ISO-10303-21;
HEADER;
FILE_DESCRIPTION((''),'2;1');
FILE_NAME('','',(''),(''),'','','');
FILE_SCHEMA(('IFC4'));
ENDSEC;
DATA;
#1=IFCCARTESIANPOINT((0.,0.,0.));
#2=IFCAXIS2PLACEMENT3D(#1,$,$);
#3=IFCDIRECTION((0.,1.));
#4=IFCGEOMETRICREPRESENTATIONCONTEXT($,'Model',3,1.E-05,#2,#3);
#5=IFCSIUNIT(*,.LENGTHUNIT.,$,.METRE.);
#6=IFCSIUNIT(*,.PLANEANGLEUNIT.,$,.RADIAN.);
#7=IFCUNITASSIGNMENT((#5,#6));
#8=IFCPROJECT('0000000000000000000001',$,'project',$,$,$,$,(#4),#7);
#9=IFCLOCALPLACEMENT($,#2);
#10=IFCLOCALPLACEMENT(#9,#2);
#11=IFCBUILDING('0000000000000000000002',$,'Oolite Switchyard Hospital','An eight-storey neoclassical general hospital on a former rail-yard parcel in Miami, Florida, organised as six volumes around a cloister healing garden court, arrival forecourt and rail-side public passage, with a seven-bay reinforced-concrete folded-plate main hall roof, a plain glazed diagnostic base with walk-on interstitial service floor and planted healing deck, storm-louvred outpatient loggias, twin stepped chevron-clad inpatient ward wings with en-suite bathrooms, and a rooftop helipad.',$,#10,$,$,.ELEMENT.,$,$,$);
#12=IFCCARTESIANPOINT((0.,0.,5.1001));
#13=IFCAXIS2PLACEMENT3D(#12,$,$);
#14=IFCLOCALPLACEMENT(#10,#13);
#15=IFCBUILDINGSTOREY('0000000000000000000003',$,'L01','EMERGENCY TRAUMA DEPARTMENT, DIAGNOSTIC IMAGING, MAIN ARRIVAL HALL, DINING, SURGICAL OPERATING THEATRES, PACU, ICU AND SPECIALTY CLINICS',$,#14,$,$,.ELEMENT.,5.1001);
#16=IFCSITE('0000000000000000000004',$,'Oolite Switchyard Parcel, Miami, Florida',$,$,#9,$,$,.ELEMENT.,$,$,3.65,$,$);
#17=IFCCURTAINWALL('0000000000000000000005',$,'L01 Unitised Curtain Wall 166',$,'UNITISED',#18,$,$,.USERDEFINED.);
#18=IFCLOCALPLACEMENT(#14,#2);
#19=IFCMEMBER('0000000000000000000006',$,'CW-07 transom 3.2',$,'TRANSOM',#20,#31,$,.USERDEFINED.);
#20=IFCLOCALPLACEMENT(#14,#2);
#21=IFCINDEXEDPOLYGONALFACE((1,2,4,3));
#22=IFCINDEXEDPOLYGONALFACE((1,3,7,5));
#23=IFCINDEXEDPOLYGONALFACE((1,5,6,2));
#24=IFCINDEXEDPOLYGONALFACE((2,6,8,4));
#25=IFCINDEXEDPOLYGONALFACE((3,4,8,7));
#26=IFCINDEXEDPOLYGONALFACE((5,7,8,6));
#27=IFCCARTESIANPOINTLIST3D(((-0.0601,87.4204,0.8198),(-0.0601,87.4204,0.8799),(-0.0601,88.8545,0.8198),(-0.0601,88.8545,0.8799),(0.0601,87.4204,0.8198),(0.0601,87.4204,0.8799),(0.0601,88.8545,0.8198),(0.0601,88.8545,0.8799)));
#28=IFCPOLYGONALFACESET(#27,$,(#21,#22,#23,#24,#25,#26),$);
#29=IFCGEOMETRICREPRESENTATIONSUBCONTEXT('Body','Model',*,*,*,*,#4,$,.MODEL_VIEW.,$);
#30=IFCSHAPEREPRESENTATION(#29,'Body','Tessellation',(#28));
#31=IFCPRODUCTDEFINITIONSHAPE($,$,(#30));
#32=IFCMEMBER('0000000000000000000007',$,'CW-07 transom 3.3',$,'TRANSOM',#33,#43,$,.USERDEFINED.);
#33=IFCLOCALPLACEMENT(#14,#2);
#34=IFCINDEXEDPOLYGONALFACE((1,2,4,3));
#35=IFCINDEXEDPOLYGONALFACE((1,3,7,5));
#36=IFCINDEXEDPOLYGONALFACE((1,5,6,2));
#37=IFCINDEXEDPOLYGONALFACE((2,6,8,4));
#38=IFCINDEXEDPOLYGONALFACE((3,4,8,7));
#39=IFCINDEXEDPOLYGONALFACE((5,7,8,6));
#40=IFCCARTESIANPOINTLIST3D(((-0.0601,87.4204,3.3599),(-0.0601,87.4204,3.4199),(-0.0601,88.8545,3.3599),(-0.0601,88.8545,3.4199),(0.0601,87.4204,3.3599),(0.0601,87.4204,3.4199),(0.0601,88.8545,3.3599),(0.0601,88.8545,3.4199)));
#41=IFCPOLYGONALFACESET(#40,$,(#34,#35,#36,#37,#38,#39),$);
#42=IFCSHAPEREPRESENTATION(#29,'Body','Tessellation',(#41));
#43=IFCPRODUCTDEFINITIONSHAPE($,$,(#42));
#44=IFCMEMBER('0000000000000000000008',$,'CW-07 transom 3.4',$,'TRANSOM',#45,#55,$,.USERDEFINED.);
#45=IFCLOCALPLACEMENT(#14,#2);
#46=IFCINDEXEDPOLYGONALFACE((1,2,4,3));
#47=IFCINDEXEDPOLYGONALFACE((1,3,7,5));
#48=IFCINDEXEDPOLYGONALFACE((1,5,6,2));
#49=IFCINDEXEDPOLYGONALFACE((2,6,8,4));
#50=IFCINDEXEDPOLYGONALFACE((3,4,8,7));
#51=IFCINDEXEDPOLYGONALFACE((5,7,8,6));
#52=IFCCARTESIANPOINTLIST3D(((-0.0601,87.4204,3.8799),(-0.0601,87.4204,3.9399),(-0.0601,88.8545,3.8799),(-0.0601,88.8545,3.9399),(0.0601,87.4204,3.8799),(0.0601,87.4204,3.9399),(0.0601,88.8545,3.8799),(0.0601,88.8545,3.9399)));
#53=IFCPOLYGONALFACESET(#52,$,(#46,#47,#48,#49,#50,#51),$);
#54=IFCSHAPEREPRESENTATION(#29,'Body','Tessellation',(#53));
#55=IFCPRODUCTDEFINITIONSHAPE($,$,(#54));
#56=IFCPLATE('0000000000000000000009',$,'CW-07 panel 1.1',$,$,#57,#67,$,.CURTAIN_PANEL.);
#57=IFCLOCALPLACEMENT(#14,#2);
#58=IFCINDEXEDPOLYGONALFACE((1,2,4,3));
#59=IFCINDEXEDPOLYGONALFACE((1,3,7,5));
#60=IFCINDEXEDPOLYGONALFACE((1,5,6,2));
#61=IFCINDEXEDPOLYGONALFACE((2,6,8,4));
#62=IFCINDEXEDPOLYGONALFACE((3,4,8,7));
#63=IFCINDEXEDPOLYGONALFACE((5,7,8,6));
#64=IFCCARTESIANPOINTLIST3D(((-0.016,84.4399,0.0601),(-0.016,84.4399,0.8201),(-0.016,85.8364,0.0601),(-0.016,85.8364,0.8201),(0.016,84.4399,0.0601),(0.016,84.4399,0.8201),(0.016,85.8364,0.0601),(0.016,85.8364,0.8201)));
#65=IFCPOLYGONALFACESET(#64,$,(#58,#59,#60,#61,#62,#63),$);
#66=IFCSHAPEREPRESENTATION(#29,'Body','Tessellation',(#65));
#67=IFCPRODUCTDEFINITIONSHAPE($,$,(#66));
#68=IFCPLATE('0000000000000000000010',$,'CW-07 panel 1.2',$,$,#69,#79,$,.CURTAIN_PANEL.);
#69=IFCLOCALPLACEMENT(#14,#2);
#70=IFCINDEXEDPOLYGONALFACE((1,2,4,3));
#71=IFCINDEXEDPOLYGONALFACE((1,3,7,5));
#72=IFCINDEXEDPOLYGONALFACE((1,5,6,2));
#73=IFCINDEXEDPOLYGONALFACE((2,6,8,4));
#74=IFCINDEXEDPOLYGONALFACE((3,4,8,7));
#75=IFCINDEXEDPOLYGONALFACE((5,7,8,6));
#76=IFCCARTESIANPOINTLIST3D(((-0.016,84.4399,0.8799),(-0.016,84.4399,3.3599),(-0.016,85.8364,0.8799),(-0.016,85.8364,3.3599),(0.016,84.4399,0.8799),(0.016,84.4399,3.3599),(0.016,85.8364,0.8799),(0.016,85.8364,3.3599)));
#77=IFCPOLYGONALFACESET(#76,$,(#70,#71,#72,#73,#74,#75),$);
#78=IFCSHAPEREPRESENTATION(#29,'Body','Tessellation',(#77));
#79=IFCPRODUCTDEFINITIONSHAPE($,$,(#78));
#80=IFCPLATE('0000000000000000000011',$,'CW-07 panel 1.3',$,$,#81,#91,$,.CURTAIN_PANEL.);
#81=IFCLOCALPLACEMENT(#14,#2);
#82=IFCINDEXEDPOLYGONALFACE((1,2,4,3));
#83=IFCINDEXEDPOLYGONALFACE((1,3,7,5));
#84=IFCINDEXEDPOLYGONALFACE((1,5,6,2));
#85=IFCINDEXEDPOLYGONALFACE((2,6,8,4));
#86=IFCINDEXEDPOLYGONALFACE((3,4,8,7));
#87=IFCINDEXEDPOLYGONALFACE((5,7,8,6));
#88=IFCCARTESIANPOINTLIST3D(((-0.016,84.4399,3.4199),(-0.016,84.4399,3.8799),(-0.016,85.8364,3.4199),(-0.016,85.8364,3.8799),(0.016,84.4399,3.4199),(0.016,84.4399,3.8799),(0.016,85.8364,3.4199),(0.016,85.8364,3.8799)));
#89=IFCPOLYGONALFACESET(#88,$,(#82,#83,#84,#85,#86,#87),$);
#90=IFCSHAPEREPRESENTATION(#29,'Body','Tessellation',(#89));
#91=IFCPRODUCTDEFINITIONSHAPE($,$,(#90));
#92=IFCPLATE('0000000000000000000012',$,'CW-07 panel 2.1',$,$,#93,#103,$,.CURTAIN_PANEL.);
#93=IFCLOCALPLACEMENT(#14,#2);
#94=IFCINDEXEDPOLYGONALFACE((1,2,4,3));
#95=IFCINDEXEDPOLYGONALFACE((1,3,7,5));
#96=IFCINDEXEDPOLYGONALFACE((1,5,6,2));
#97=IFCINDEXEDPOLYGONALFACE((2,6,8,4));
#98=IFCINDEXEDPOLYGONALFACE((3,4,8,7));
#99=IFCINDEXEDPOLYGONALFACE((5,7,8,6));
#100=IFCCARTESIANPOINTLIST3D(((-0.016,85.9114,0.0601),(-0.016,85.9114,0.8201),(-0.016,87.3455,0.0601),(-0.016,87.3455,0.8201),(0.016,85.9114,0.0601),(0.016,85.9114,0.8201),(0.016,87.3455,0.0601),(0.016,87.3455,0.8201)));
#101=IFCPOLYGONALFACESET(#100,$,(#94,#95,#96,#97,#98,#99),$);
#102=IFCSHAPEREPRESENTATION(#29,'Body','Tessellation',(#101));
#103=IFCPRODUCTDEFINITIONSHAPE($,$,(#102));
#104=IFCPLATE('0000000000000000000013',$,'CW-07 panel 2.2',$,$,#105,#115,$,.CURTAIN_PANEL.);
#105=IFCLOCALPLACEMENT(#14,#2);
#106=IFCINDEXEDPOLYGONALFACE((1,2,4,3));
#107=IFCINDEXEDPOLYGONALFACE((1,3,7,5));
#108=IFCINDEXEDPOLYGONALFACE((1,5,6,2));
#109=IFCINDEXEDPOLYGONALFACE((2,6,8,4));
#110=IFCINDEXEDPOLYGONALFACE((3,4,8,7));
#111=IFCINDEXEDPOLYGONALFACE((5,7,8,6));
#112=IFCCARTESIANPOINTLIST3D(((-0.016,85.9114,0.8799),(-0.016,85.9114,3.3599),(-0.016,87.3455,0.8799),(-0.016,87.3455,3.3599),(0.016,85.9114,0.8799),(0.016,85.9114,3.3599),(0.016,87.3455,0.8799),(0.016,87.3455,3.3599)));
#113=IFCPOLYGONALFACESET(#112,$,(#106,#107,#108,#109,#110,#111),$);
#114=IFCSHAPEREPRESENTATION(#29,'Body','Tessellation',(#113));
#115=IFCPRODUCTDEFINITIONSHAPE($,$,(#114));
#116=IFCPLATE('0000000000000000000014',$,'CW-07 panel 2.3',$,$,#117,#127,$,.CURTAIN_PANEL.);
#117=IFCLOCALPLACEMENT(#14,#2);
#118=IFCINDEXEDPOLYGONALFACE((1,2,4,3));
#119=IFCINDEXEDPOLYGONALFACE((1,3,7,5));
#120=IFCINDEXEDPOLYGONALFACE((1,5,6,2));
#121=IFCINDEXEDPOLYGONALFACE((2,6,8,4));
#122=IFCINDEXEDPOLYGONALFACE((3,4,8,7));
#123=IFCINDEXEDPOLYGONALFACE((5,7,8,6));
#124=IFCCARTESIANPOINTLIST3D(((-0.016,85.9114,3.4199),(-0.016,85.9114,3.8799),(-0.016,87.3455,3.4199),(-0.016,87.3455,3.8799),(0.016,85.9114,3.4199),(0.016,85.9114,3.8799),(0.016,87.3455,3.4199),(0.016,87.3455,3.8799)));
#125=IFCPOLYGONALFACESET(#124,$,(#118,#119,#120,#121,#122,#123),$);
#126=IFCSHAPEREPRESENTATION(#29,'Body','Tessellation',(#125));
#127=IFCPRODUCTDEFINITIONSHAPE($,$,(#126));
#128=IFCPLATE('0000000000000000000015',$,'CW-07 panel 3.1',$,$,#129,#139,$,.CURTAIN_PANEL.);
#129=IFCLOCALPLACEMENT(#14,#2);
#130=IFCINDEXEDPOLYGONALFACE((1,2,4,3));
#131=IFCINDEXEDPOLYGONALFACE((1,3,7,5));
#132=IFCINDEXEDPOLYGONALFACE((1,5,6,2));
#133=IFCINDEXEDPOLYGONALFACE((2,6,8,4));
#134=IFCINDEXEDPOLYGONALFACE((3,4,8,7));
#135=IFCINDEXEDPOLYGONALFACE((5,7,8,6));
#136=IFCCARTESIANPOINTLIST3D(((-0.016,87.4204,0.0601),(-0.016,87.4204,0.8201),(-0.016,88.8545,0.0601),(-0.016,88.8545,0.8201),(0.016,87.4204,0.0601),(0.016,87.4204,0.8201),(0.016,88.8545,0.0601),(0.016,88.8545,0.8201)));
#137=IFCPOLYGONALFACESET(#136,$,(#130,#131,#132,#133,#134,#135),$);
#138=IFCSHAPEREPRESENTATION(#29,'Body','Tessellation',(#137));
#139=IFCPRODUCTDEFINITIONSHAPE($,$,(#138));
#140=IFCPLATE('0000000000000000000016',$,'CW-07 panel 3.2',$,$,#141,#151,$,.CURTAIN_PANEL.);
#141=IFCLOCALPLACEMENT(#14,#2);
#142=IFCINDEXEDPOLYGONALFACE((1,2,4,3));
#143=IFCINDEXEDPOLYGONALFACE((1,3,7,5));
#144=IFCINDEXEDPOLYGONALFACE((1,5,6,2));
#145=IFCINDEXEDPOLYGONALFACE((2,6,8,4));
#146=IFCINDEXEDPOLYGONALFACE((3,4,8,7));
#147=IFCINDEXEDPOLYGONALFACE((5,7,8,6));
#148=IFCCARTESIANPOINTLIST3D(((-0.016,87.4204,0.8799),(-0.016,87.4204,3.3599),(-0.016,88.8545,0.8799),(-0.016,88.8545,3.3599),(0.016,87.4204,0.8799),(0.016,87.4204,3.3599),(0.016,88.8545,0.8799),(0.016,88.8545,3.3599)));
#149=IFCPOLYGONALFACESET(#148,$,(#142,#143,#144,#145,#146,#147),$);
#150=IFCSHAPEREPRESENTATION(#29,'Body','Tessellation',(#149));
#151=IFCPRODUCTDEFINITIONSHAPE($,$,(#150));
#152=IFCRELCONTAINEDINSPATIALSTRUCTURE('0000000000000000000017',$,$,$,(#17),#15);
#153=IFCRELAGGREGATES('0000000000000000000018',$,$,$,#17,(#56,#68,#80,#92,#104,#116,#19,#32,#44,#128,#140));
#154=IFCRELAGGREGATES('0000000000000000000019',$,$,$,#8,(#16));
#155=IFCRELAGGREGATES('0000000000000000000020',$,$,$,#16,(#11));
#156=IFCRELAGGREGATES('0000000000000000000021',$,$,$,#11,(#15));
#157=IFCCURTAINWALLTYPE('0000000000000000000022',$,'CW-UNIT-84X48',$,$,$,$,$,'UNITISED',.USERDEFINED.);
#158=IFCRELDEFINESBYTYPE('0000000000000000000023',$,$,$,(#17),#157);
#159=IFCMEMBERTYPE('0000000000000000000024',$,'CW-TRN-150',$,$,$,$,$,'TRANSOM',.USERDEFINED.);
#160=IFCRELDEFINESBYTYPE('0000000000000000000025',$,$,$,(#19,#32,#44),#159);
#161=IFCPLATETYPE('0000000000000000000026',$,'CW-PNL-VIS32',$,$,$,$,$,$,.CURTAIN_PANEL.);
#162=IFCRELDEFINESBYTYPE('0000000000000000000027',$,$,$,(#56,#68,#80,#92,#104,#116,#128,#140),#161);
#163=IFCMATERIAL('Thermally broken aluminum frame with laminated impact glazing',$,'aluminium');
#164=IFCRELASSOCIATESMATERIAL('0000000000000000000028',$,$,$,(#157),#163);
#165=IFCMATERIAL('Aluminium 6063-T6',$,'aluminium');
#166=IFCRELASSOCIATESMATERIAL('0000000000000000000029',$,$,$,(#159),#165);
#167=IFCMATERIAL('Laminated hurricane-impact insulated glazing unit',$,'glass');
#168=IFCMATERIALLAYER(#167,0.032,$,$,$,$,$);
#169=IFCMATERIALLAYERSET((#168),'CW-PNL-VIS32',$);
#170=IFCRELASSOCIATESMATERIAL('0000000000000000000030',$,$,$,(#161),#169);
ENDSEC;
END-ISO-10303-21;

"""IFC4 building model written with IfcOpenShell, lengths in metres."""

from ifc_helpers import new_model, si_unit, direction, frame, origin, origin_2d, place, context, subcontext, project, spatial, rectangle, extrude, material, layer, layer_set, material_profile, profile_set, type_object, element, aggregate, save


model = new_model("IFC4")

# Units and contexts
model_context = context("Model", 3, precision=1e-05, world=origin(), true_north=direction((0.0, 1.0)))
body_context = subcontext(model_context, "Body", "Model", "MODEL_VIEW")
ifc_project = project(units=[si_unit("LENGTHUNIT", "METRE"), si_unit("PLANEANGLEUNIT", "RADIAN")], contexts=[model_context])

# Site, building, storey
site_placement = place(None, origin())
site = spatial("IfcSite", under=ifc_project, at=site_placement, Name="Oolite Switchyard Parcel, Miami, Florida", CompositionType="ELEMENT", RefElevation=3.65)
building_placement = place(site_placement, origin())
building = spatial("IfcBuilding", under=site, at=building_placement, Name="Oolite Switchyard Hospital", Description="An eight-storey neoclassical general hospital on a former rail-yard parcel in Miami, Florida, organised as six volumes around a cloister healing garden court, arrival forecourt and rail-side public passage, with a seven-bay reinforced-concrete folded-plate main hall roof, a plain glazed diagnostic base with walk-on interstitial service floor and planted healing deck, storm-louvred outpatient loggias, twin stepped chevron-clad inpatient ward wings with en-suite bathrooms, and a rooftop helipad.", CompositionType="ELEMENT")
storey_placement = place(building_placement, frame((0.0, 0.0, 5.1001)))
storey = spatial("IfcBuildingStorey", under=building, at=storey_placement, Name="L01", Description="EMERGENCY TRAUMA DEPARTMENT, DIAGNOSTIC IMAGING, MAIN ARRIVAL HALL, DINING, SURGICAL OPERATING THEATRES, PACU, ICU AND SPECIALTY CLINICS", CompositionType="ELEMENT", Elevation=5.1001)

# Curtain wall, members, plates
ifc_material_1 = material(Name="Thermally broken aluminum frame with laminated impact glazing", Category="aluminium")
curtain_wall_type = type_object("IfcCurtainWallType", Name="CW-UNIT-84X48", ElementType="UNITISED", PredefinedType="USERDEFINED", material=ifc_material_1)
curtain_wall_placement = place(storey_placement, origin())
curtain_wall = element("IfcCurtainWall", 1, at=curtain_wall_placement, inside=storey, type_object=curtain_wall_type, Name="L01 Unitised Curtain Wall 166", ObjectType="UNITISED", PredefinedType="USERDEFINED")
ifc_material_2 = material(Name="Aluminium 6063-T6", Category="aluminium")
ifc_material_profile_1 = material_profile(ifc_material_2, rectangle(XDim=0.1201, YDim=0.0601, at=origin_2d()), Name="CWT60X120")
ifc_profile_set_1 = profile_set([ifc_material_profile_1], Name="Aluminium 6063-T6")
member_type_1 = type_object("IfcMemberType", Name="CW-TRN-150", ElementType="TRANSOM", PredefinedType="USERDEFINED", material=ifc_profile_set_1)
member_1_placement = place(storey_placement, frame((0.0, 87.4204, 0.8499), z_axis=(0.0, 1.0, 0.0), x_axis=(-1.0, 0.0, 0.0)))
member_1 = element("IfcMember", 2, at=member_1_placement, type_object=member_type_1, Name="CW-07 transom 3.2", ObjectType="TRANSOM", PredefinedType="USERDEFINED", context=body_context, shape_type="SweptSolid", body=[
    extrude(rectangle(XDim=0.1201, YDim=0.0601, at=origin_2d()), origin(), (0.0, 0.0, 1.0), 1.4341),
])
member_2_placement = place(storey_placement, frame((0.0, 87.4204, 3.3899), z_axis=(0.0, 1.0, 0.0), x_axis=(-1.0, 0.0, 0.0)))
member_2 = element("IfcMember", 3, at=member_2_placement, type_object=member_type_1, Name="CW-07 transom 3.3", ObjectType="TRANSOM", PredefinedType="USERDEFINED", context=body_context, shape_type="SweptSolid", body=[
    extrude(rectangle(XDim=0.1201, YDim=0.0601, at=origin_2d()), origin(), (0.0, 0.0, 1.0), 1.4341),
])
member_3_placement = place(storey_placement, frame((0.0, 87.4204, 3.9099), z_axis=(0.0, 1.0, 0.0), x_axis=(-1.0, 0.0, 0.0)))
member_3 = element("IfcMember", 4, at=member_3_placement, type_object=member_type_1, Name="CW-07 transom 3.4", ObjectType="TRANSOM", PredefinedType="USERDEFINED", context=body_context, shape_type="SweptSolid", body=[
    extrude(rectangle(XDim=0.1201, YDim=0.0601, at=origin_2d()), origin(), (0.0, 0.0, 1.0), 1.4341),
])
ifc_material_3 = material(Name="Laminated hurricane-impact insulated glazing unit", Category="glass")
ifc_layer = layer(ifc_material_3, 0.032)
ifc_layer_set = layer_set([ifc_layer], Name="CW-PNL-VIS32")
plate_type = type_object("IfcPlateType", Name="CW-PNL-VIS32", PredefinedType="CURTAIN_PANEL", material=ifc_layer_set)
plate_1_placement = place(storey_placement, frame((0.0, 85.1382, 0.0601), z_axis=(0.0, 0.0, 1.0), x_axis=(0.0, 1.0, 0.0)))
plate_1 = element("IfcPlate", 5, at=plate_1_placement, type_object=plate_type, Name="CW-07 panel 1.1", PredefinedType="CURTAIN_PANEL", context=body_context, shape_type="SweptSolid", body=[
    extrude(rectangle(XDim=1.3965, YDim=0.032, at=origin_2d()), origin(), (0.0, 0.0, 1.0), 0.76),
])
plate_2_placement = place(storey_placement, frame((0.0, 85.1382, 0.8799), z_axis=(0.0, 0.0, 1.0), x_axis=(0.0, 1.0, 0.0)))
plate_2 = element("IfcPlate", 6, at=plate_2_placement, type_object=plate_type, Name="CW-07 panel 1.2", PredefinedType="CURTAIN_PANEL", context=body_context, shape_type="SweptSolid", body=[
    extrude(rectangle(XDim=1.3965, YDim=0.032, at=origin_2d()), origin(), (0.0, 0.0, 1.0), 2.48),
])
plate_3_placement = place(storey_placement, frame((0.0, 85.1382, 3.4199), z_axis=(0.0, 0.0, 1.0), x_axis=(0.0, 1.0, 0.0)))
plate_3 = element("IfcPlate", 7, at=plate_3_placement, type_object=plate_type, Name="CW-07 panel 1.3", PredefinedType="CURTAIN_PANEL", context=body_context, shape_type="SweptSolid", body=[
    extrude(rectangle(XDim=1.3965, YDim=0.032, at=origin_2d()), origin(), (0.0, 0.0, 1.0), 0.46),
])
plate_4_placement = place(storey_placement, frame((0.0, 86.6284, 0.0601), z_axis=(0.0, 0.0, 1.0), x_axis=(0.0, 1.0, 0.0)))
plate_4 = element("IfcPlate", 8, at=plate_4_placement, type_object=plate_type, Name="CW-07 panel 2.1", PredefinedType="CURTAIN_PANEL", context=body_context, shape_type="SweptSolid", body=[
    extrude(rectangle(XDim=1.4341, YDim=0.032, at=origin_2d()), origin(), (0.0, 0.0, 1.0), 0.76),
])
plate_5_placement = place(storey_placement, frame((0.0, 86.6284, 0.8799), z_axis=(0.0, 0.0, 1.0), x_axis=(0.0, 1.0, 0.0)))
plate_5 = element("IfcPlate", 9, at=plate_5_placement, type_object=plate_type, Name="CW-07 panel 2.2", PredefinedType="CURTAIN_PANEL", context=body_context, shape_type="SweptSolid", body=[
    extrude(rectangle(XDim=1.4341, YDim=0.032, at=origin_2d()), origin(), (0.0, 0.0, 1.0), 2.48),
])
plate_6_placement = place(storey_placement, frame((0.0, 86.6284, 3.4199), z_axis=(0.0, 0.0, 1.0), x_axis=(0.0, 1.0, 0.0)))
plate_6 = element("IfcPlate", 10, at=plate_6_placement, type_object=plate_type, Name="CW-07 panel 2.3", PredefinedType="CURTAIN_PANEL", context=body_context, shape_type="SweptSolid", body=[
    extrude(rectangle(XDim=1.4341, YDim=0.032, at=origin_2d()), origin(), (0.0, 0.0, 1.0), 0.46),
])
plate_7_placement = place(storey_placement, frame((0.0, 88.1375, 0.0601), z_axis=(0.0, 0.0, 1.0), x_axis=(0.0, 1.0, 0.0)))
plate_7 = element("IfcPlate", 11, at=plate_7_placement, type_object=plate_type, Name="CW-07 panel 3.1", PredefinedType="CURTAIN_PANEL", context=body_context, shape_type="SweptSolid", body=[
    extrude(rectangle(XDim=1.4341, YDim=0.032, at=origin_2d()), origin(), (0.0, 0.0, 1.0), 0.76),
])
plate_8_placement = place(storey_placement, frame((0.0, 88.1375, 0.8799), z_axis=(0.0, 0.0, 1.0), x_axis=(0.0, 1.0, 0.0)))
plate_8 = element("IfcPlate", 12, at=plate_8_placement, type_object=plate_type, Name="CW-07 panel 3.2", PredefinedType="CURTAIN_PANEL", context=body_context, shape_type="SweptSolid", body=[
    extrude(rectangle(XDim=1.4341, YDim=0.032, at=origin_2d()), origin(), (0.0, 0.0, 1.0), 2.48),
])
aggregate(curtain_wall, [plate_1, plate_2, plate_3, plate_4, plate_5, plate_6, member_1, member_2, member_3, plate_7, plate_8])

save(model, "model.ifc")
